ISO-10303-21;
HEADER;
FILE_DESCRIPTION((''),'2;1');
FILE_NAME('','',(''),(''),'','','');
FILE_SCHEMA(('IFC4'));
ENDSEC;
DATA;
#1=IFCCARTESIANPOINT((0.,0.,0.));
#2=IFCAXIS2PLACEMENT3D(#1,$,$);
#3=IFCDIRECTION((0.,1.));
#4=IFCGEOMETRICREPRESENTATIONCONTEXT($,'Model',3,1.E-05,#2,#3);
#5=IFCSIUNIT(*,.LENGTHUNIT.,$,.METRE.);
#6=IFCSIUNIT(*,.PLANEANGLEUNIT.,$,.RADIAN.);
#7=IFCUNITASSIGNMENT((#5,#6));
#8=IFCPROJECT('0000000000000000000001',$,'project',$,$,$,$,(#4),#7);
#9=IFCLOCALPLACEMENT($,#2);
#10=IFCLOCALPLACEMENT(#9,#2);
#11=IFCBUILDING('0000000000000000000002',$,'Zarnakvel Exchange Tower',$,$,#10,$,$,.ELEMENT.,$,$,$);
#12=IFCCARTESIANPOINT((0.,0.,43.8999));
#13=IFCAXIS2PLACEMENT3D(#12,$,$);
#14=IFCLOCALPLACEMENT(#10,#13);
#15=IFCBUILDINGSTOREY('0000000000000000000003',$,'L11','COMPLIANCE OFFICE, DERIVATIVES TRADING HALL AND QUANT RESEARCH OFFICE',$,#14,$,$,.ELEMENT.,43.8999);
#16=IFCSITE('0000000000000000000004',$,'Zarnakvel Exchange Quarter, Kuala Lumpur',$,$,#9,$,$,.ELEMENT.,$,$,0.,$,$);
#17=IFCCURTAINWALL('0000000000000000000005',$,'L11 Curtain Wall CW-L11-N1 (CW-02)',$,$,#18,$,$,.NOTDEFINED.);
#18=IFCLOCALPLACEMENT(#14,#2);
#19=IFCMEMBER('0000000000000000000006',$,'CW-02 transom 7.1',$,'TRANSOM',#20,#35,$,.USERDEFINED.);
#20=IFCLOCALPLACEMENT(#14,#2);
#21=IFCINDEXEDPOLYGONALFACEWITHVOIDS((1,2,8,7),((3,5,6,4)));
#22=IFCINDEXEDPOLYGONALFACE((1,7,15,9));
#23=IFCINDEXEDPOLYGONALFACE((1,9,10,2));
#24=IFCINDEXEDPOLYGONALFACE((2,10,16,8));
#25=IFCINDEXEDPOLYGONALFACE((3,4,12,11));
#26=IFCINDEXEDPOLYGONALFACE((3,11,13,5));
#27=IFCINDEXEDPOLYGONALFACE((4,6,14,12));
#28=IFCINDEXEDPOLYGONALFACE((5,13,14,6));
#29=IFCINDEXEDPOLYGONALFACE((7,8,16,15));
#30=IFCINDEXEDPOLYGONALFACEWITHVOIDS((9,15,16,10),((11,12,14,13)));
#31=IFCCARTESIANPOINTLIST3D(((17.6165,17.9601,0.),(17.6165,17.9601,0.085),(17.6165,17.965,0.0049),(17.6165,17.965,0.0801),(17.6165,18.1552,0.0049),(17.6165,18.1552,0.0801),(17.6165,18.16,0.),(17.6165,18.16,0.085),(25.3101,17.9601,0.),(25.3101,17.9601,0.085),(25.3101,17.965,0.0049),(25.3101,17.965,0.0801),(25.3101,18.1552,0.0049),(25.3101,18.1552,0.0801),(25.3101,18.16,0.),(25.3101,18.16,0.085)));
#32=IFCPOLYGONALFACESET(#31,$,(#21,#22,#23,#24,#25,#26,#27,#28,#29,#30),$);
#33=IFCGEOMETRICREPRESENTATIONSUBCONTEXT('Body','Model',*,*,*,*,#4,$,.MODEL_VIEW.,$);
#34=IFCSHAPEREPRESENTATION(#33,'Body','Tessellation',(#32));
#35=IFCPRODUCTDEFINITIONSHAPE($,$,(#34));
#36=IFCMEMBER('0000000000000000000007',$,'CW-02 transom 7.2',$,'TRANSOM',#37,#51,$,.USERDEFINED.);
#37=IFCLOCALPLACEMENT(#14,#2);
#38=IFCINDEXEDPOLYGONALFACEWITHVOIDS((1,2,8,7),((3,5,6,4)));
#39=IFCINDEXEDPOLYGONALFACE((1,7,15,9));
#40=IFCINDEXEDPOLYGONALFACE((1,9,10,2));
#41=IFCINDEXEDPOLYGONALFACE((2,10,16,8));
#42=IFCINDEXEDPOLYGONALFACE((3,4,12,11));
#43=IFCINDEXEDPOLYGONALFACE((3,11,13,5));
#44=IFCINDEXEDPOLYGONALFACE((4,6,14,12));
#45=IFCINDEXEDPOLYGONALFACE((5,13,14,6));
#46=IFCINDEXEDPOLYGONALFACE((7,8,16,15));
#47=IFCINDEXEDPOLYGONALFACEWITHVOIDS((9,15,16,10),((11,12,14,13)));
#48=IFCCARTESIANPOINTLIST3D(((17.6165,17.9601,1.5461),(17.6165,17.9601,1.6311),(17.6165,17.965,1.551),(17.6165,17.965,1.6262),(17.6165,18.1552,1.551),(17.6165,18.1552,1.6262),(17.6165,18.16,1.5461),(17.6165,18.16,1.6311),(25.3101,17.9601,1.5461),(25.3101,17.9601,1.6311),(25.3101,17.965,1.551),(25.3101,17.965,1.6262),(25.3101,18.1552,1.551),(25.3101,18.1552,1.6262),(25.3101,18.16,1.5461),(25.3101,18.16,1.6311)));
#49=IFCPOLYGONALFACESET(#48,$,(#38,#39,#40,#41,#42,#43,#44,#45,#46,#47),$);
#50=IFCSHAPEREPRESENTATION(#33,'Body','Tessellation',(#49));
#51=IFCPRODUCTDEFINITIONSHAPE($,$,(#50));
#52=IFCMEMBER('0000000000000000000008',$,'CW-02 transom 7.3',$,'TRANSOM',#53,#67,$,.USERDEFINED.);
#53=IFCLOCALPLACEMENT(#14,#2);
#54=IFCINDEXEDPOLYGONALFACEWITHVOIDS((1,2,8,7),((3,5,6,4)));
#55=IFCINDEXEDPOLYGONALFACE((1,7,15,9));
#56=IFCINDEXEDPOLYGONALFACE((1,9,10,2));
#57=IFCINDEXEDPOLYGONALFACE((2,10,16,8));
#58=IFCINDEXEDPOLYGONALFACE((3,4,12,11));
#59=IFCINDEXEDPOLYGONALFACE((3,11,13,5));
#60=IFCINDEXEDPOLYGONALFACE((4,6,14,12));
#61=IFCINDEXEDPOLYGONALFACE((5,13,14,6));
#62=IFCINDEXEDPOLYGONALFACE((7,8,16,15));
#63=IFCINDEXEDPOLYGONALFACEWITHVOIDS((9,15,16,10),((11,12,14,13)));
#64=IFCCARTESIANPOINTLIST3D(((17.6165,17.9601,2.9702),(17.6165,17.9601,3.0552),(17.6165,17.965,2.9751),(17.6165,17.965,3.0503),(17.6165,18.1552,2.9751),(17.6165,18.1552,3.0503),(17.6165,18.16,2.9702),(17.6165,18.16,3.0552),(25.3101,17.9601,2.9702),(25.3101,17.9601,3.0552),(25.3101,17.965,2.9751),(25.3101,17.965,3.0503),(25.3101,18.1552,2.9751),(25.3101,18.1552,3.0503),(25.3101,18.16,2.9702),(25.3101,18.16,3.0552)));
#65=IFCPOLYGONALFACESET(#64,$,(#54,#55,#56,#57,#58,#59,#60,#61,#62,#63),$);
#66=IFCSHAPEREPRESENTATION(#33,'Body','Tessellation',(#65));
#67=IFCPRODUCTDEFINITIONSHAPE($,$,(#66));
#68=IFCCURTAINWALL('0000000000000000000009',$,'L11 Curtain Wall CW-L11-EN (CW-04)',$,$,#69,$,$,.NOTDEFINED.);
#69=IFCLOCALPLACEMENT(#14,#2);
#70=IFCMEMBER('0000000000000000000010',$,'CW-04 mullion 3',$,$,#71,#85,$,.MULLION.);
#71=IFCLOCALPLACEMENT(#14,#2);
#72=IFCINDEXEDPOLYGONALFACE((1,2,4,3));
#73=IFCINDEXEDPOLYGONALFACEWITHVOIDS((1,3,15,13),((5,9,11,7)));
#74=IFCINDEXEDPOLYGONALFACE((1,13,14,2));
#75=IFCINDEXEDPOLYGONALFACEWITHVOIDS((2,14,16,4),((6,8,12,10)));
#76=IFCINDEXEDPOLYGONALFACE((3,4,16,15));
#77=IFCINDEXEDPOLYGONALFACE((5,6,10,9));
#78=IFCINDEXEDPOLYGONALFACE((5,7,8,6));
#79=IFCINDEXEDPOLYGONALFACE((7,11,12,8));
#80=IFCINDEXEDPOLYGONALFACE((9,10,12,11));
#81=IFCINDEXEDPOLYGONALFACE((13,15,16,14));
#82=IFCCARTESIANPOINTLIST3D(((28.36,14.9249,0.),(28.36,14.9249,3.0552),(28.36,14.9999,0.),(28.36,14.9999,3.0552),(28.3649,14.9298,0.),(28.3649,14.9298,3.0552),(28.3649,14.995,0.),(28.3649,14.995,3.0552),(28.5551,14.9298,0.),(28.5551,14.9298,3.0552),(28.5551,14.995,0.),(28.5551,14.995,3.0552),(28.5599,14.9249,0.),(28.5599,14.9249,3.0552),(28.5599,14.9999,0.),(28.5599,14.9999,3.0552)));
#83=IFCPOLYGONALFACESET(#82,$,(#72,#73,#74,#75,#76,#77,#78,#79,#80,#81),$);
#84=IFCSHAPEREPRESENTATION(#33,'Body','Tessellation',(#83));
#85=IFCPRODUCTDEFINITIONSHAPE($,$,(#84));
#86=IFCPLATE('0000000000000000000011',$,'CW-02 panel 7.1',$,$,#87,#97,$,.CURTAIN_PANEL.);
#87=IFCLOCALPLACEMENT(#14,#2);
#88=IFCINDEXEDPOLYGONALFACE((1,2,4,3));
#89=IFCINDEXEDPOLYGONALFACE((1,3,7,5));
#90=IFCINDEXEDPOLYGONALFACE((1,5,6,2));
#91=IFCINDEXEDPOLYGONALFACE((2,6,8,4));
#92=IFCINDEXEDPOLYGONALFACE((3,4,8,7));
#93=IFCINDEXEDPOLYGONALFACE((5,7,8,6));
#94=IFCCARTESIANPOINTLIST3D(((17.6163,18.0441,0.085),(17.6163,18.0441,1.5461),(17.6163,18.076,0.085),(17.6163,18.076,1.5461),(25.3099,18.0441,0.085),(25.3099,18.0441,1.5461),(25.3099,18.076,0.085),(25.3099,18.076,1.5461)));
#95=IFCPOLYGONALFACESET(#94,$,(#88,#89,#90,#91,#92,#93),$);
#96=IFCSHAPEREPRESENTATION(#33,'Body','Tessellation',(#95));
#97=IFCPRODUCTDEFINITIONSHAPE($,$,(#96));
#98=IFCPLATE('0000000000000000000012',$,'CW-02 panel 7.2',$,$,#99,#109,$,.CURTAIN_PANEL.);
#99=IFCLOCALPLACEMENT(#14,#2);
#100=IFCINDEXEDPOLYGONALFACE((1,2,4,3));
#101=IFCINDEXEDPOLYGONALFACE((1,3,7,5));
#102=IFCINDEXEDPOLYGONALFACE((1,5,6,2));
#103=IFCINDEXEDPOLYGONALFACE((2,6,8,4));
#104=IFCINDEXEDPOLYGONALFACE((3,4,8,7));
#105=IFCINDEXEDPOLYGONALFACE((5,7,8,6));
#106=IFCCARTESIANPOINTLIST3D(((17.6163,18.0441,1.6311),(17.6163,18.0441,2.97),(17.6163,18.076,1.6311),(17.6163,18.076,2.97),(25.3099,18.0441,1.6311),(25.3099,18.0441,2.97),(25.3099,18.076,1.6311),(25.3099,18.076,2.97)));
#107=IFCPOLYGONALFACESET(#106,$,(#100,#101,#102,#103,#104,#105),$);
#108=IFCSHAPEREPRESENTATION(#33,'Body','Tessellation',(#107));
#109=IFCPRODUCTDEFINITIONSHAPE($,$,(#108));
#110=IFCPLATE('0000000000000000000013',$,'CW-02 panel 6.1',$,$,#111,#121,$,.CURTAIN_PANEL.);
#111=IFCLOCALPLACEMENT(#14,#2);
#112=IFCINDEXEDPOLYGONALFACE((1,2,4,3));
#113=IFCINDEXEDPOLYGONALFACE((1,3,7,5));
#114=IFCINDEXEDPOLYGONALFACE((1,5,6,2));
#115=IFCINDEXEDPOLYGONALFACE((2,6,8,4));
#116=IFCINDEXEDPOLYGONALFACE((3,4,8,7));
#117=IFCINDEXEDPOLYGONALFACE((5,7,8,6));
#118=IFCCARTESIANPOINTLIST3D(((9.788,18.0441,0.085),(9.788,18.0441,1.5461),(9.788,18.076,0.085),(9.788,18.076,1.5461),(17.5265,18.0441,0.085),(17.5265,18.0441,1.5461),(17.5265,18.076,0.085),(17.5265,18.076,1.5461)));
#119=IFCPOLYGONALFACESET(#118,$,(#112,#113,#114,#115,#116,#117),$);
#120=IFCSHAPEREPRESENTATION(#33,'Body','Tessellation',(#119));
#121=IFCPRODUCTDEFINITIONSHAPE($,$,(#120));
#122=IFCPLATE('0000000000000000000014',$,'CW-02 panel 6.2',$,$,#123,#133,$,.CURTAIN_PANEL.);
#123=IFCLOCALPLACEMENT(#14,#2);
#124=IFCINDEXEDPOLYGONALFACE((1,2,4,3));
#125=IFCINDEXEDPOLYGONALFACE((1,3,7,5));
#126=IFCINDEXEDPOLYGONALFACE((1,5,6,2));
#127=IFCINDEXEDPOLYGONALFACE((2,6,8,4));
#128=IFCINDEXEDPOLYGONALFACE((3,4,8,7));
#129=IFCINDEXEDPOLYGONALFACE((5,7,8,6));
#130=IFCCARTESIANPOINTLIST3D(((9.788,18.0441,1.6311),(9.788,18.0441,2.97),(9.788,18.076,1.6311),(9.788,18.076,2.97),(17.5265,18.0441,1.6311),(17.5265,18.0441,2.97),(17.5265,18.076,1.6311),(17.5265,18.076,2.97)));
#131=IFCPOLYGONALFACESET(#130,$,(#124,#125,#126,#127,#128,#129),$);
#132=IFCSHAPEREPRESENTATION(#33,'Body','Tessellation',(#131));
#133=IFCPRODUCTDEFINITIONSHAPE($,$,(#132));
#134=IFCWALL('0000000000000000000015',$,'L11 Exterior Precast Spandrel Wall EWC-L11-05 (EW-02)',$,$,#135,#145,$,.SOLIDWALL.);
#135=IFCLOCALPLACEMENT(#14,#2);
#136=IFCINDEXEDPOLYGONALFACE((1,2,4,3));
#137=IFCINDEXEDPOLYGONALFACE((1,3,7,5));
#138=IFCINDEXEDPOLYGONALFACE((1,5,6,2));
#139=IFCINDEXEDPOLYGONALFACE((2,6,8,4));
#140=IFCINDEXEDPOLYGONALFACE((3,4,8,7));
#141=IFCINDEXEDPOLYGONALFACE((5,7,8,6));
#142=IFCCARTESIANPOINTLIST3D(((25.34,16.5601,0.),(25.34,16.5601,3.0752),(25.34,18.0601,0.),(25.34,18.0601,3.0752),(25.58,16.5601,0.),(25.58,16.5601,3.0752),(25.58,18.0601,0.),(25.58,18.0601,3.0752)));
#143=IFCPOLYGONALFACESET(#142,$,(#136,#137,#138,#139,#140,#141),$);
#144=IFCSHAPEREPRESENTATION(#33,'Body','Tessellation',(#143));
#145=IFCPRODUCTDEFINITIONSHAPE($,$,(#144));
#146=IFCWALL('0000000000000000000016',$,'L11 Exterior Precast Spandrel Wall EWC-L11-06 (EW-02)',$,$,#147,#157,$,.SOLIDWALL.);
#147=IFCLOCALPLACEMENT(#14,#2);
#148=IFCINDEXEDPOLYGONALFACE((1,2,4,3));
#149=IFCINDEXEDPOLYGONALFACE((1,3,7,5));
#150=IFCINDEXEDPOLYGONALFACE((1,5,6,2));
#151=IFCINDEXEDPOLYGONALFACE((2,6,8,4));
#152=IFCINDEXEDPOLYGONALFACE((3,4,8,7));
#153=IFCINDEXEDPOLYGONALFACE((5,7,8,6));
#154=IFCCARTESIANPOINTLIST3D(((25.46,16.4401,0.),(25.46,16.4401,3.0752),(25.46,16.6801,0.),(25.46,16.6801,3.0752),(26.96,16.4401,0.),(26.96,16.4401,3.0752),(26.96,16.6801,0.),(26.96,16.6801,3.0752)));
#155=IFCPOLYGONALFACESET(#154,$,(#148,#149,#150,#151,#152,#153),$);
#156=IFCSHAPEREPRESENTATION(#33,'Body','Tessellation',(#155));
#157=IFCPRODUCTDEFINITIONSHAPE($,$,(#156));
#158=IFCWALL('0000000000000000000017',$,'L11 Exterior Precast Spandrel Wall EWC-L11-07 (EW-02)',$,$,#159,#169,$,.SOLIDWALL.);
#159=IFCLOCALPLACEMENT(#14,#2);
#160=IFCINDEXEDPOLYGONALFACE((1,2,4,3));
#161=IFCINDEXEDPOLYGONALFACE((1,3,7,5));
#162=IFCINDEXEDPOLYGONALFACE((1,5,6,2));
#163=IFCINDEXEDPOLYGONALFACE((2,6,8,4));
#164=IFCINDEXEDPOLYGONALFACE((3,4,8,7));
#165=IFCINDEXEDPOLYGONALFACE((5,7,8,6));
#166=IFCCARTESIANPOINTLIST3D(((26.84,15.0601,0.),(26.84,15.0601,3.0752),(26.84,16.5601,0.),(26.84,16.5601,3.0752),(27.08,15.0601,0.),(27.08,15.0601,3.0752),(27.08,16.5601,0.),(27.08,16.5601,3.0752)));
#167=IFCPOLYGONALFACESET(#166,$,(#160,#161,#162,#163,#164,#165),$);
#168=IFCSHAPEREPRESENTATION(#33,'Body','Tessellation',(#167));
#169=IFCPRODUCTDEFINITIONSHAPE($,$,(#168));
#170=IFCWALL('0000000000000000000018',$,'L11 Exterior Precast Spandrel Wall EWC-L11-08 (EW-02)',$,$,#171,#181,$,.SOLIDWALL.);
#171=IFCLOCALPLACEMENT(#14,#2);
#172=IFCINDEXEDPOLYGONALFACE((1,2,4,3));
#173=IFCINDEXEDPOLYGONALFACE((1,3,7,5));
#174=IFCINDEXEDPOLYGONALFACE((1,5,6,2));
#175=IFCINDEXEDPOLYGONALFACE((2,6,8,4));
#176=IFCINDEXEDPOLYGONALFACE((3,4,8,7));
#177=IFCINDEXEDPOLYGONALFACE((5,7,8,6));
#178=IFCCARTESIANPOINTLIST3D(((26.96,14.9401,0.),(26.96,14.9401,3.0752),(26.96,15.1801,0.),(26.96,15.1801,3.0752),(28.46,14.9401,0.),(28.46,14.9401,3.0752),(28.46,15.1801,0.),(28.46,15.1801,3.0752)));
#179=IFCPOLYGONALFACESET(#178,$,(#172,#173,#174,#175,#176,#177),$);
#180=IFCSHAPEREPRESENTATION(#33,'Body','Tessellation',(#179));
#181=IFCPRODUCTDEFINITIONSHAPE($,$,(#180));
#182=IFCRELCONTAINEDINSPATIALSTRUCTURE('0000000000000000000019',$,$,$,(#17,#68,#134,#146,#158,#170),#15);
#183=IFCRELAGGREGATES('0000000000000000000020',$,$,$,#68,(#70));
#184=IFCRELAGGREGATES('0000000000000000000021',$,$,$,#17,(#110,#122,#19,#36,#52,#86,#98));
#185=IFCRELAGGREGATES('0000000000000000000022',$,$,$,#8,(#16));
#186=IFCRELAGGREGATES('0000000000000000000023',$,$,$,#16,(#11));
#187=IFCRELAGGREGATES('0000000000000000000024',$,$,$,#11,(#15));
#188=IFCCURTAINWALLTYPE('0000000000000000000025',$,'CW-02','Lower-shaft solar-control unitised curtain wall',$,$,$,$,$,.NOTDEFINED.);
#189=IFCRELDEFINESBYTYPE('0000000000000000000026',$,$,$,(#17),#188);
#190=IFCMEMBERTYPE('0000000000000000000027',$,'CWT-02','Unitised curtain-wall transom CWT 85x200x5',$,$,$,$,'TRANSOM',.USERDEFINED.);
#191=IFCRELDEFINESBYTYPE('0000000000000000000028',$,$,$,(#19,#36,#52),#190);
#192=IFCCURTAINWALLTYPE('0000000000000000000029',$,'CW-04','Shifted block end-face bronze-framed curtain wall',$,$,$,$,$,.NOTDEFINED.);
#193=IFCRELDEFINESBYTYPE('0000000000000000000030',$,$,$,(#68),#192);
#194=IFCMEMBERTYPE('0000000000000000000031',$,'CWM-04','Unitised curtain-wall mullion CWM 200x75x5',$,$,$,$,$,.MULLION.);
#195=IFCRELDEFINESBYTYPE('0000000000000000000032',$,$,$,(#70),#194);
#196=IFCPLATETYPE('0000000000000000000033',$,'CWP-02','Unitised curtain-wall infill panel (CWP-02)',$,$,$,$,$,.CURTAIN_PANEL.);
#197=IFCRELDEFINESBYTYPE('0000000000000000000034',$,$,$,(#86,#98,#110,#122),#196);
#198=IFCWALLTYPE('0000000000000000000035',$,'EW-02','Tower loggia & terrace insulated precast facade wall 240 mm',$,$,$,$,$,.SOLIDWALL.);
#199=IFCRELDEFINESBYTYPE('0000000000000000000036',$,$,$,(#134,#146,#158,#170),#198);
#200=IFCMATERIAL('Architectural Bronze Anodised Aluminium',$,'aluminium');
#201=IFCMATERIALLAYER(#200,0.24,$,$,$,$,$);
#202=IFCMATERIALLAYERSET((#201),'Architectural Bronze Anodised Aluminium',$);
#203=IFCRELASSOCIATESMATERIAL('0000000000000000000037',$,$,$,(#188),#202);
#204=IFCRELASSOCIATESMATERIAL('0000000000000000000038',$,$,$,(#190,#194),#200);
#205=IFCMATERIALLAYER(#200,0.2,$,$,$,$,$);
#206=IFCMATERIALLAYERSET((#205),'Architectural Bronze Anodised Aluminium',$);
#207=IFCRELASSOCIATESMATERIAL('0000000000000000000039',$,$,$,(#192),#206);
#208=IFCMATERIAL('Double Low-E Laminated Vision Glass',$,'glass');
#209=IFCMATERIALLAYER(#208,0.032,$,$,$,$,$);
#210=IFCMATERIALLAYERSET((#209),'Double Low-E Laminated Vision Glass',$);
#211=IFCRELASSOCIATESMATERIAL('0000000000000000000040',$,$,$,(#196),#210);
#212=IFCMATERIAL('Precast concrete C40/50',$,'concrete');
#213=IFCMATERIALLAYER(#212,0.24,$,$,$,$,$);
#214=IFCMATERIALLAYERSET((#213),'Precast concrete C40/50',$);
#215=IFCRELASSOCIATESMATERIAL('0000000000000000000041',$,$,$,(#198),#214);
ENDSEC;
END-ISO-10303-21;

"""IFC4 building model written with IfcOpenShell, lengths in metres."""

from ifc_helpers import new_model, si_unit, direction, frame, frame_2d, origin, origin_2d, place, context, subcontext, project, spatial, rectangle, hollow_rectangle, extrude, source, transform, mapped, material, layer, layer_set, material_profile, profile_set, type_object, element, aggregate, save


model = new_model("IFC4")

# Units and contexts
model_context = context("Model", 3, precision=1e-05, world=origin(), true_north=direction((0.0, 1.0)))
body_context = subcontext(model_context, "Body", "Model", "MODEL_VIEW")
ifc_project = project(units=[si_unit("LENGTHUNIT", "METRE"), si_unit("PLANEANGLEUNIT", "RADIAN")], contexts=[model_context])

# Site, building, storey
site_placement = place(None, origin())
site = spatial("IfcSite", under=ifc_project, at=site_placement, Name="Zarnakvel Exchange Quarter, Kuala Lumpur", CompositionType="ELEMENT", RefElevation=0.0)
building_placement = place(site_placement, origin())
building = spatial("IfcBuilding", under=site, at=building_placement, Name="Zarnakvel Exchange Tower", CompositionType="ELEMENT")
storey_placement = place(building_placement, frame((0.0, 0.0, 43.8999)))
storey = spatial("IfcBuildingStorey", under=building, at=storey_placement, Name="L11", Description="COMPLIANCE OFFICE, DERIVATIVES TRADING HALL AND QUANT RESEARCH OFFICE", CompositionType="ELEMENT", Elevation=43.8999)

# Curtain wall, members
ifc_material_1 = material(Name="Architectural Bronze Anodised Aluminium", Category="aluminium")
ifc_layer_1 = layer(ifc_material_1, 0.24)
ifc_layer_set_1 = layer_set([ifc_layer_1], Name="Architectural Bronze Anodised Aluminium")
curtain_wall_type_1 = type_object("IfcCurtainWallType", Name="CW-02", Description="Lower-shaft solar-control unitised curtain wall", PredefinedType="NOTDEFINED", material=ifc_layer_set_1)
curtain_wall_1_placement = place(storey_placement, origin())
curtain_wall_1 = element("IfcCurtainWall", 1, at=curtain_wall_1_placement, inside=storey, type_object=curtain_wall_type_1, Name="L11 Curtain Wall CW-L11-N1 (CW-02)", PredefinedType="NOTDEFINED")
ifc_material_profile_1 = material_profile(ifc_material_1, hollow_rectangle(XDim=0.2, YDim=0.085, WallThickness=0.0049, at=origin_2d()))
ifc_profile_set_1 = profile_set([ifc_material_profile_1], Name="Architectural Bronze Anodised Aluminium")
member_type_1 = type_object("IfcMemberType", Name="CWT-02", Description="Unitised curtain-wall transom CWT 85x200x5", ElementType="TRANSOM", PredefinedType="USERDEFINED", material=ifc_profile_set_1)
shared_shape_1 = source(origin(), body_context, "Body", "SweptSolid", [
    extrude(hollow_rectangle(XDim=0.2, YDim=0.085, WallThickness=0.0049, at=origin_2d()), origin(), (0.0, 0.0, 1.0), 7.6936),
])
member_1_placement = place(storey_placement, frame((17.6165, 18.0601, 0.0425), z_axis=(1.0, 0.0, 0.0), x_axis=(0.0, 1.0, 0.0)))
member_1 = element("IfcMember", 2, at=member_1_placement, type_object=member_type_1, Name="CW-02 transom 7.1", ObjectType="TRANSOM", PredefinedType="USERDEFINED", context=body_context, shape_type="MappedRepresentation", body=[
    mapped(shared_shape_1, transform((0.0, 0.0, 0.0), x_axis=(1.0, 0.0, 0.0), y_axis=(0.0, 1.0, 0.0), z_axis=(0.0, 0.0, 1.0), scale=1.0)),
])
member_2_placement = place(storey_placement, frame((17.6165, 18.0601, 1.5886), z_axis=(1.0, 0.0, 0.0), x_axis=(0.0, 1.0, 0.0)))
member_2 = element("IfcMember", 3, at=member_2_placement, type_object=member_type_1, Name="CW-02 transom 7.2", ObjectType="TRANSOM", PredefinedType="USERDEFINED", context=body_context, shape_type="MappedRepresentation", body=[
    mapped(shared_shape_1, transform((0.0, 0.0, 0.0), x_axis=(1.0, 0.0, 0.0), y_axis=(0.0, 1.0, 0.0), z_axis=(0.0, 0.0, 1.0), scale=1.0)),
])
member_3_placement = place(storey_placement, frame((17.6165, 18.0601, 3.0127), z_axis=(1.0, 0.0, 0.0), x_axis=(0.0, 1.0, 0.0)))
member_3 = element("IfcMember", 4, at=member_3_placement, type_object=member_type_1, Name="CW-02 transom 7.3", ObjectType="TRANSOM", PredefinedType="USERDEFINED", context=body_context, shape_type="MappedRepresentation", body=[
    mapped(shared_shape_1, transform((0.0, 0.0, 0.0), x_axis=(1.0, 0.0, 0.0), y_axis=(0.0, 1.0, 0.0), z_axis=(0.0, 0.0, 1.0), scale=1.0)),
])

# Curtain wall, member
ifc_layer_2 = layer(ifc_material_1, 0.2)
ifc_layer_set_2 = layer_set([ifc_layer_2], Name="Architectural Bronze Anodised Aluminium")
curtain_wall_type_2 = type_object("IfcCurtainWallType", Name="CW-04", Description="Shifted block end-face bronze-framed curtain wall", PredefinedType="NOTDEFINED", material=ifc_layer_set_2)
curtain_wall_2_placement = place(storey_placement, origin())
curtain_wall_2 = element("IfcCurtainWall", 5, at=curtain_wall_2_placement, inside=storey, type_object=curtain_wall_type_2, Name="L11 Curtain Wall CW-L11-EN (CW-04)", PredefinedType="NOTDEFINED")
ifc_material_profile_2 = material_profile(ifc_material_1, hollow_rectangle(XDim=0.2, YDim=0.075, WallThickness=0.0049, at=origin_2d()))
ifc_profile_set_2 = profile_set([ifc_material_profile_2], Name="Architectural Bronze Anodised Aluminium")
member_type_2 = type_object("IfcMemberType", Name="CWM-04", Description="Unitised curtain-wall mullion CWM 200x75x5", PredefinedType="MULLION", material=ifc_profile_set_2)
shared_shape_2 = source(origin(), body_context, "Body", "SweptSolid", [
    extrude(hollow_rectangle(XDim=0.2, YDim=0.075, WallThickness=0.0049, at=origin_2d()), origin(), (0.0, 0.0, 1.0), 3.0552),
])
member_4_placement = place(storey_placement, frame((28.46, 14.9624, 0.0), z_axis=(0.0, 0.0, 1.0), x_axis=(-1.0, 0.0, 0.0)))
member_4 = element("IfcMember", 6, at=member_4_placement, type_object=member_type_2, Name="CW-04 mullion 3", PredefinedType="MULLION", context=body_context, shape_type="MappedRepresentation", body=[
    mapped(shared_shape_2, transform((0.0, 0.0, 0.0), x_axis=(1.0, 0.0, 0.0), y_axis=(0.0, 1.0, 0.0), z_axis=(0.0, 0.0, 1.0), scale=1.0)),
])
aggregate(curtain_wall_2, [member_4])

# Plates
ifc_material_2 = material(Name="Double Low-E Laminated Vision Glass", Category="glass")
ifc_layer_3 = layer(ifc_material_2, 0.032)
ifc_layer_set_3 = layer_set([ifc_layer_3], Name="Double Low-E Laminated Vision Glass")
plate_type = type_object("IfcPlateType", Name="CWP-02", Description="Unitised curtain-wall infill panel (CWP-02)", PredefinedType="CURTAIN_PANEL", material=ifc_layer_set_3)
shared_shape_3 = source(origin(), body_context, "Body", "SweptSolid", [
    extrude(rectangle(XDim=7.6936, YDim=0.032, at=origin_2d()), origin(), (0.0, 0.0, 1.0), 1.4612),
])
plate_1_placement = place(storey_placement, frame((21.4631, 18.0601, 0.085), z_axis=(0.0, 0.0, 1.0), x_axis=(1.0, 0.0, 0.0)))
plate_1 = element("IfcPlate", 7, at=plate_1_placement, type_object=plate_type, Name="CW-02 panel 7.1", PredefinedType="CURTAIN_PANEL", context=body_context, shape_type="MappedRepresentation", body=[
    mapped(shared_shape_3, transform((0.0, 0.0, 0.0), x_axis=(1.0, 0.0, 0.0), y_axis=(0.0, 1.0, 0.0), z_axis=(0.0, 0.0, 1.0), scale=1.0)),
])
shared_shape_4 = source(origin(), body_context, "Body", "SweptSolid", [
    extrude(rectangle(XDim=7.6936, YDim=0.032, at=origin_2d()), origin(), (0.0, 0.0, 1.0), 1.3389),
])
plate_2_placement = place(storey_placement, frame((21.4631, 18.0601, 1.6311), z_axis=(0.0, 0.0, 1.0), x_axis=(1.0, 0.0, 0.0)))
plate_2 = element("IfcPlate", 8, at=plate_2_placement, type_object=plate_type, Name="CW-02 panel 7.2", PredefinedType="CURTAIN_PANEL", context=body_context, shape_type="MappedRepresentation", body=[
    mapped(shared_shape_4, transform((0.0, 0.0, 0.0), x_axis=(1.0, 0.0, 0.0), y_axis=(0.0, 1.0, 0.0), z_axis=(0.0, 0.0, 1.0), scale=1.0)),
])
shared_shape_5 = source(origin(), body_context, "Body", "SweptSolid", [
    extrude(rectangle(XDim=7.7385, YDim=0.032, at=origin_2d()), origin(), (0.0, 0.0, 1.0), 1.4612),
])
plate_3_placement = place(storey_placement, frame((13.6572, 18.0601, 0.085), z_axis=(0.0, 0.0, 1.0), x_axis=(1.0, 0.0, 0.0)))
plate_3 = element("IfcPlate", 9, at=plate_3_placement, type_object=plate_type, Name="CW-02 panel 6.1", PredefinedType="CURTAIN_PANEL", context=body_context, shape_type="MappedRepresentation", body=[
    mapped(shared_shape_5, transform((0.0, 0.0, 0.0), x_axis=(1.0, 0.0, 0.0), y_axis=(0.0, 1.0, 0.0), z_axis=(0.0, 0.0, 1.0), scale=1.0)),
])
shared_shape_6 = source(origin(), body_context, "Body", "SweptSolid", [
    extrude(rectangle(XDim=7.7385, YDim=0.032, at=origin_2d()), origin(), (0.0, 0.0, 1.0), 1.3389),
])
plate_4_placement = place(storey_placement, frame((13.6572, 18.0601, 1.6311), z_axis=(0.0, 0.0, 1.0), x_axis=(1.0, 0.0, 0.0)))
plate_4 = element("IfcPlate", 10, at=plate_4_placement, type_object=plate_type, Name="CW-02 panel 6.2", PredefinedType="CURTAIN_PANEL", context=body_context, shape_type="MappedRepresentation", body=[
    mapped(shared_shape_6, transform((0.0, 0.0, 0.0), x_axis=(1.0, 0.0, 0.0), y_axis=(0.0, 1.0, 0.0), z_axis=(0.0, 0.0, 1.0), scale=1.0)),
])
aggregate(curtain_wall_1, [plate_3, plate_4, member_1, member_2, member_3, plate_1, plate_2])

# Walls
ifc_material_3 = material(Name="Precast concrete C40/50", Category="concrete")
ifc_layer_4 = layer(ifc_material_3, 0.24)
ifc_layer_set_4 = layer_set([ifc_layer_4], Name="Precast concrete C40/50")
wall_type_1 = type_object("IfcWallType", Name="EW-02", Description="Tower loggia & terrace insulated precast facade wall 240 mm", PredefinedType="SOLIDWALL", material=ifc_layer_set_4)
for number, where, z_axis, x_axis, name in (
    (11, (25.46, 16.5601, 0.0), (0.0, 0.0, 1.0), (0.0, 1.0, 0.0), "L11 Exterior Precast Spandrel Wall EWC-L11-05 (EW-02)"),
    (12, (26.96, 16.5601, 0.0), (0.0, 0.0, 1.0), (-1.0, 0.0, 0.0), "L11 Exterior Precast Spandrel Wall EWC-L11-06 (EW-02)"),
    (13, (26.96, 15.0601, 0.0), (0.0, 0.0, 1.0), (0.0, 1.0, 0.0), "L11 Exterior Precast Spandrel Wall EWC-L11-07 (EW-02)"),
    (14, (28.46, 15.0601, 0.0), (0.0, 0.0, 1.0), (-1.0, 0.0, 0.0), "L11 Exterior Precast Spandrel Wall EWC-L11-08 (EW-02)"),
):
    element("IfcWall", number, at=place(storey_placement, frame(where, z_axis=z_axis, x_axis=x_axis)), inside=storey, type_object=wall_type_1, Name=name, PredefinedType="SOLIDWALL", context=body_context, shape_type="SweptSolid", body=[
        extrude(rectangle(XDim=1.5, YDim=0.24, at=frame_2d((0.75, 0.0))), origin(), (0.0, 0.0, 1.0), 3.0752),
    ])

save(model, "model.ifc")
